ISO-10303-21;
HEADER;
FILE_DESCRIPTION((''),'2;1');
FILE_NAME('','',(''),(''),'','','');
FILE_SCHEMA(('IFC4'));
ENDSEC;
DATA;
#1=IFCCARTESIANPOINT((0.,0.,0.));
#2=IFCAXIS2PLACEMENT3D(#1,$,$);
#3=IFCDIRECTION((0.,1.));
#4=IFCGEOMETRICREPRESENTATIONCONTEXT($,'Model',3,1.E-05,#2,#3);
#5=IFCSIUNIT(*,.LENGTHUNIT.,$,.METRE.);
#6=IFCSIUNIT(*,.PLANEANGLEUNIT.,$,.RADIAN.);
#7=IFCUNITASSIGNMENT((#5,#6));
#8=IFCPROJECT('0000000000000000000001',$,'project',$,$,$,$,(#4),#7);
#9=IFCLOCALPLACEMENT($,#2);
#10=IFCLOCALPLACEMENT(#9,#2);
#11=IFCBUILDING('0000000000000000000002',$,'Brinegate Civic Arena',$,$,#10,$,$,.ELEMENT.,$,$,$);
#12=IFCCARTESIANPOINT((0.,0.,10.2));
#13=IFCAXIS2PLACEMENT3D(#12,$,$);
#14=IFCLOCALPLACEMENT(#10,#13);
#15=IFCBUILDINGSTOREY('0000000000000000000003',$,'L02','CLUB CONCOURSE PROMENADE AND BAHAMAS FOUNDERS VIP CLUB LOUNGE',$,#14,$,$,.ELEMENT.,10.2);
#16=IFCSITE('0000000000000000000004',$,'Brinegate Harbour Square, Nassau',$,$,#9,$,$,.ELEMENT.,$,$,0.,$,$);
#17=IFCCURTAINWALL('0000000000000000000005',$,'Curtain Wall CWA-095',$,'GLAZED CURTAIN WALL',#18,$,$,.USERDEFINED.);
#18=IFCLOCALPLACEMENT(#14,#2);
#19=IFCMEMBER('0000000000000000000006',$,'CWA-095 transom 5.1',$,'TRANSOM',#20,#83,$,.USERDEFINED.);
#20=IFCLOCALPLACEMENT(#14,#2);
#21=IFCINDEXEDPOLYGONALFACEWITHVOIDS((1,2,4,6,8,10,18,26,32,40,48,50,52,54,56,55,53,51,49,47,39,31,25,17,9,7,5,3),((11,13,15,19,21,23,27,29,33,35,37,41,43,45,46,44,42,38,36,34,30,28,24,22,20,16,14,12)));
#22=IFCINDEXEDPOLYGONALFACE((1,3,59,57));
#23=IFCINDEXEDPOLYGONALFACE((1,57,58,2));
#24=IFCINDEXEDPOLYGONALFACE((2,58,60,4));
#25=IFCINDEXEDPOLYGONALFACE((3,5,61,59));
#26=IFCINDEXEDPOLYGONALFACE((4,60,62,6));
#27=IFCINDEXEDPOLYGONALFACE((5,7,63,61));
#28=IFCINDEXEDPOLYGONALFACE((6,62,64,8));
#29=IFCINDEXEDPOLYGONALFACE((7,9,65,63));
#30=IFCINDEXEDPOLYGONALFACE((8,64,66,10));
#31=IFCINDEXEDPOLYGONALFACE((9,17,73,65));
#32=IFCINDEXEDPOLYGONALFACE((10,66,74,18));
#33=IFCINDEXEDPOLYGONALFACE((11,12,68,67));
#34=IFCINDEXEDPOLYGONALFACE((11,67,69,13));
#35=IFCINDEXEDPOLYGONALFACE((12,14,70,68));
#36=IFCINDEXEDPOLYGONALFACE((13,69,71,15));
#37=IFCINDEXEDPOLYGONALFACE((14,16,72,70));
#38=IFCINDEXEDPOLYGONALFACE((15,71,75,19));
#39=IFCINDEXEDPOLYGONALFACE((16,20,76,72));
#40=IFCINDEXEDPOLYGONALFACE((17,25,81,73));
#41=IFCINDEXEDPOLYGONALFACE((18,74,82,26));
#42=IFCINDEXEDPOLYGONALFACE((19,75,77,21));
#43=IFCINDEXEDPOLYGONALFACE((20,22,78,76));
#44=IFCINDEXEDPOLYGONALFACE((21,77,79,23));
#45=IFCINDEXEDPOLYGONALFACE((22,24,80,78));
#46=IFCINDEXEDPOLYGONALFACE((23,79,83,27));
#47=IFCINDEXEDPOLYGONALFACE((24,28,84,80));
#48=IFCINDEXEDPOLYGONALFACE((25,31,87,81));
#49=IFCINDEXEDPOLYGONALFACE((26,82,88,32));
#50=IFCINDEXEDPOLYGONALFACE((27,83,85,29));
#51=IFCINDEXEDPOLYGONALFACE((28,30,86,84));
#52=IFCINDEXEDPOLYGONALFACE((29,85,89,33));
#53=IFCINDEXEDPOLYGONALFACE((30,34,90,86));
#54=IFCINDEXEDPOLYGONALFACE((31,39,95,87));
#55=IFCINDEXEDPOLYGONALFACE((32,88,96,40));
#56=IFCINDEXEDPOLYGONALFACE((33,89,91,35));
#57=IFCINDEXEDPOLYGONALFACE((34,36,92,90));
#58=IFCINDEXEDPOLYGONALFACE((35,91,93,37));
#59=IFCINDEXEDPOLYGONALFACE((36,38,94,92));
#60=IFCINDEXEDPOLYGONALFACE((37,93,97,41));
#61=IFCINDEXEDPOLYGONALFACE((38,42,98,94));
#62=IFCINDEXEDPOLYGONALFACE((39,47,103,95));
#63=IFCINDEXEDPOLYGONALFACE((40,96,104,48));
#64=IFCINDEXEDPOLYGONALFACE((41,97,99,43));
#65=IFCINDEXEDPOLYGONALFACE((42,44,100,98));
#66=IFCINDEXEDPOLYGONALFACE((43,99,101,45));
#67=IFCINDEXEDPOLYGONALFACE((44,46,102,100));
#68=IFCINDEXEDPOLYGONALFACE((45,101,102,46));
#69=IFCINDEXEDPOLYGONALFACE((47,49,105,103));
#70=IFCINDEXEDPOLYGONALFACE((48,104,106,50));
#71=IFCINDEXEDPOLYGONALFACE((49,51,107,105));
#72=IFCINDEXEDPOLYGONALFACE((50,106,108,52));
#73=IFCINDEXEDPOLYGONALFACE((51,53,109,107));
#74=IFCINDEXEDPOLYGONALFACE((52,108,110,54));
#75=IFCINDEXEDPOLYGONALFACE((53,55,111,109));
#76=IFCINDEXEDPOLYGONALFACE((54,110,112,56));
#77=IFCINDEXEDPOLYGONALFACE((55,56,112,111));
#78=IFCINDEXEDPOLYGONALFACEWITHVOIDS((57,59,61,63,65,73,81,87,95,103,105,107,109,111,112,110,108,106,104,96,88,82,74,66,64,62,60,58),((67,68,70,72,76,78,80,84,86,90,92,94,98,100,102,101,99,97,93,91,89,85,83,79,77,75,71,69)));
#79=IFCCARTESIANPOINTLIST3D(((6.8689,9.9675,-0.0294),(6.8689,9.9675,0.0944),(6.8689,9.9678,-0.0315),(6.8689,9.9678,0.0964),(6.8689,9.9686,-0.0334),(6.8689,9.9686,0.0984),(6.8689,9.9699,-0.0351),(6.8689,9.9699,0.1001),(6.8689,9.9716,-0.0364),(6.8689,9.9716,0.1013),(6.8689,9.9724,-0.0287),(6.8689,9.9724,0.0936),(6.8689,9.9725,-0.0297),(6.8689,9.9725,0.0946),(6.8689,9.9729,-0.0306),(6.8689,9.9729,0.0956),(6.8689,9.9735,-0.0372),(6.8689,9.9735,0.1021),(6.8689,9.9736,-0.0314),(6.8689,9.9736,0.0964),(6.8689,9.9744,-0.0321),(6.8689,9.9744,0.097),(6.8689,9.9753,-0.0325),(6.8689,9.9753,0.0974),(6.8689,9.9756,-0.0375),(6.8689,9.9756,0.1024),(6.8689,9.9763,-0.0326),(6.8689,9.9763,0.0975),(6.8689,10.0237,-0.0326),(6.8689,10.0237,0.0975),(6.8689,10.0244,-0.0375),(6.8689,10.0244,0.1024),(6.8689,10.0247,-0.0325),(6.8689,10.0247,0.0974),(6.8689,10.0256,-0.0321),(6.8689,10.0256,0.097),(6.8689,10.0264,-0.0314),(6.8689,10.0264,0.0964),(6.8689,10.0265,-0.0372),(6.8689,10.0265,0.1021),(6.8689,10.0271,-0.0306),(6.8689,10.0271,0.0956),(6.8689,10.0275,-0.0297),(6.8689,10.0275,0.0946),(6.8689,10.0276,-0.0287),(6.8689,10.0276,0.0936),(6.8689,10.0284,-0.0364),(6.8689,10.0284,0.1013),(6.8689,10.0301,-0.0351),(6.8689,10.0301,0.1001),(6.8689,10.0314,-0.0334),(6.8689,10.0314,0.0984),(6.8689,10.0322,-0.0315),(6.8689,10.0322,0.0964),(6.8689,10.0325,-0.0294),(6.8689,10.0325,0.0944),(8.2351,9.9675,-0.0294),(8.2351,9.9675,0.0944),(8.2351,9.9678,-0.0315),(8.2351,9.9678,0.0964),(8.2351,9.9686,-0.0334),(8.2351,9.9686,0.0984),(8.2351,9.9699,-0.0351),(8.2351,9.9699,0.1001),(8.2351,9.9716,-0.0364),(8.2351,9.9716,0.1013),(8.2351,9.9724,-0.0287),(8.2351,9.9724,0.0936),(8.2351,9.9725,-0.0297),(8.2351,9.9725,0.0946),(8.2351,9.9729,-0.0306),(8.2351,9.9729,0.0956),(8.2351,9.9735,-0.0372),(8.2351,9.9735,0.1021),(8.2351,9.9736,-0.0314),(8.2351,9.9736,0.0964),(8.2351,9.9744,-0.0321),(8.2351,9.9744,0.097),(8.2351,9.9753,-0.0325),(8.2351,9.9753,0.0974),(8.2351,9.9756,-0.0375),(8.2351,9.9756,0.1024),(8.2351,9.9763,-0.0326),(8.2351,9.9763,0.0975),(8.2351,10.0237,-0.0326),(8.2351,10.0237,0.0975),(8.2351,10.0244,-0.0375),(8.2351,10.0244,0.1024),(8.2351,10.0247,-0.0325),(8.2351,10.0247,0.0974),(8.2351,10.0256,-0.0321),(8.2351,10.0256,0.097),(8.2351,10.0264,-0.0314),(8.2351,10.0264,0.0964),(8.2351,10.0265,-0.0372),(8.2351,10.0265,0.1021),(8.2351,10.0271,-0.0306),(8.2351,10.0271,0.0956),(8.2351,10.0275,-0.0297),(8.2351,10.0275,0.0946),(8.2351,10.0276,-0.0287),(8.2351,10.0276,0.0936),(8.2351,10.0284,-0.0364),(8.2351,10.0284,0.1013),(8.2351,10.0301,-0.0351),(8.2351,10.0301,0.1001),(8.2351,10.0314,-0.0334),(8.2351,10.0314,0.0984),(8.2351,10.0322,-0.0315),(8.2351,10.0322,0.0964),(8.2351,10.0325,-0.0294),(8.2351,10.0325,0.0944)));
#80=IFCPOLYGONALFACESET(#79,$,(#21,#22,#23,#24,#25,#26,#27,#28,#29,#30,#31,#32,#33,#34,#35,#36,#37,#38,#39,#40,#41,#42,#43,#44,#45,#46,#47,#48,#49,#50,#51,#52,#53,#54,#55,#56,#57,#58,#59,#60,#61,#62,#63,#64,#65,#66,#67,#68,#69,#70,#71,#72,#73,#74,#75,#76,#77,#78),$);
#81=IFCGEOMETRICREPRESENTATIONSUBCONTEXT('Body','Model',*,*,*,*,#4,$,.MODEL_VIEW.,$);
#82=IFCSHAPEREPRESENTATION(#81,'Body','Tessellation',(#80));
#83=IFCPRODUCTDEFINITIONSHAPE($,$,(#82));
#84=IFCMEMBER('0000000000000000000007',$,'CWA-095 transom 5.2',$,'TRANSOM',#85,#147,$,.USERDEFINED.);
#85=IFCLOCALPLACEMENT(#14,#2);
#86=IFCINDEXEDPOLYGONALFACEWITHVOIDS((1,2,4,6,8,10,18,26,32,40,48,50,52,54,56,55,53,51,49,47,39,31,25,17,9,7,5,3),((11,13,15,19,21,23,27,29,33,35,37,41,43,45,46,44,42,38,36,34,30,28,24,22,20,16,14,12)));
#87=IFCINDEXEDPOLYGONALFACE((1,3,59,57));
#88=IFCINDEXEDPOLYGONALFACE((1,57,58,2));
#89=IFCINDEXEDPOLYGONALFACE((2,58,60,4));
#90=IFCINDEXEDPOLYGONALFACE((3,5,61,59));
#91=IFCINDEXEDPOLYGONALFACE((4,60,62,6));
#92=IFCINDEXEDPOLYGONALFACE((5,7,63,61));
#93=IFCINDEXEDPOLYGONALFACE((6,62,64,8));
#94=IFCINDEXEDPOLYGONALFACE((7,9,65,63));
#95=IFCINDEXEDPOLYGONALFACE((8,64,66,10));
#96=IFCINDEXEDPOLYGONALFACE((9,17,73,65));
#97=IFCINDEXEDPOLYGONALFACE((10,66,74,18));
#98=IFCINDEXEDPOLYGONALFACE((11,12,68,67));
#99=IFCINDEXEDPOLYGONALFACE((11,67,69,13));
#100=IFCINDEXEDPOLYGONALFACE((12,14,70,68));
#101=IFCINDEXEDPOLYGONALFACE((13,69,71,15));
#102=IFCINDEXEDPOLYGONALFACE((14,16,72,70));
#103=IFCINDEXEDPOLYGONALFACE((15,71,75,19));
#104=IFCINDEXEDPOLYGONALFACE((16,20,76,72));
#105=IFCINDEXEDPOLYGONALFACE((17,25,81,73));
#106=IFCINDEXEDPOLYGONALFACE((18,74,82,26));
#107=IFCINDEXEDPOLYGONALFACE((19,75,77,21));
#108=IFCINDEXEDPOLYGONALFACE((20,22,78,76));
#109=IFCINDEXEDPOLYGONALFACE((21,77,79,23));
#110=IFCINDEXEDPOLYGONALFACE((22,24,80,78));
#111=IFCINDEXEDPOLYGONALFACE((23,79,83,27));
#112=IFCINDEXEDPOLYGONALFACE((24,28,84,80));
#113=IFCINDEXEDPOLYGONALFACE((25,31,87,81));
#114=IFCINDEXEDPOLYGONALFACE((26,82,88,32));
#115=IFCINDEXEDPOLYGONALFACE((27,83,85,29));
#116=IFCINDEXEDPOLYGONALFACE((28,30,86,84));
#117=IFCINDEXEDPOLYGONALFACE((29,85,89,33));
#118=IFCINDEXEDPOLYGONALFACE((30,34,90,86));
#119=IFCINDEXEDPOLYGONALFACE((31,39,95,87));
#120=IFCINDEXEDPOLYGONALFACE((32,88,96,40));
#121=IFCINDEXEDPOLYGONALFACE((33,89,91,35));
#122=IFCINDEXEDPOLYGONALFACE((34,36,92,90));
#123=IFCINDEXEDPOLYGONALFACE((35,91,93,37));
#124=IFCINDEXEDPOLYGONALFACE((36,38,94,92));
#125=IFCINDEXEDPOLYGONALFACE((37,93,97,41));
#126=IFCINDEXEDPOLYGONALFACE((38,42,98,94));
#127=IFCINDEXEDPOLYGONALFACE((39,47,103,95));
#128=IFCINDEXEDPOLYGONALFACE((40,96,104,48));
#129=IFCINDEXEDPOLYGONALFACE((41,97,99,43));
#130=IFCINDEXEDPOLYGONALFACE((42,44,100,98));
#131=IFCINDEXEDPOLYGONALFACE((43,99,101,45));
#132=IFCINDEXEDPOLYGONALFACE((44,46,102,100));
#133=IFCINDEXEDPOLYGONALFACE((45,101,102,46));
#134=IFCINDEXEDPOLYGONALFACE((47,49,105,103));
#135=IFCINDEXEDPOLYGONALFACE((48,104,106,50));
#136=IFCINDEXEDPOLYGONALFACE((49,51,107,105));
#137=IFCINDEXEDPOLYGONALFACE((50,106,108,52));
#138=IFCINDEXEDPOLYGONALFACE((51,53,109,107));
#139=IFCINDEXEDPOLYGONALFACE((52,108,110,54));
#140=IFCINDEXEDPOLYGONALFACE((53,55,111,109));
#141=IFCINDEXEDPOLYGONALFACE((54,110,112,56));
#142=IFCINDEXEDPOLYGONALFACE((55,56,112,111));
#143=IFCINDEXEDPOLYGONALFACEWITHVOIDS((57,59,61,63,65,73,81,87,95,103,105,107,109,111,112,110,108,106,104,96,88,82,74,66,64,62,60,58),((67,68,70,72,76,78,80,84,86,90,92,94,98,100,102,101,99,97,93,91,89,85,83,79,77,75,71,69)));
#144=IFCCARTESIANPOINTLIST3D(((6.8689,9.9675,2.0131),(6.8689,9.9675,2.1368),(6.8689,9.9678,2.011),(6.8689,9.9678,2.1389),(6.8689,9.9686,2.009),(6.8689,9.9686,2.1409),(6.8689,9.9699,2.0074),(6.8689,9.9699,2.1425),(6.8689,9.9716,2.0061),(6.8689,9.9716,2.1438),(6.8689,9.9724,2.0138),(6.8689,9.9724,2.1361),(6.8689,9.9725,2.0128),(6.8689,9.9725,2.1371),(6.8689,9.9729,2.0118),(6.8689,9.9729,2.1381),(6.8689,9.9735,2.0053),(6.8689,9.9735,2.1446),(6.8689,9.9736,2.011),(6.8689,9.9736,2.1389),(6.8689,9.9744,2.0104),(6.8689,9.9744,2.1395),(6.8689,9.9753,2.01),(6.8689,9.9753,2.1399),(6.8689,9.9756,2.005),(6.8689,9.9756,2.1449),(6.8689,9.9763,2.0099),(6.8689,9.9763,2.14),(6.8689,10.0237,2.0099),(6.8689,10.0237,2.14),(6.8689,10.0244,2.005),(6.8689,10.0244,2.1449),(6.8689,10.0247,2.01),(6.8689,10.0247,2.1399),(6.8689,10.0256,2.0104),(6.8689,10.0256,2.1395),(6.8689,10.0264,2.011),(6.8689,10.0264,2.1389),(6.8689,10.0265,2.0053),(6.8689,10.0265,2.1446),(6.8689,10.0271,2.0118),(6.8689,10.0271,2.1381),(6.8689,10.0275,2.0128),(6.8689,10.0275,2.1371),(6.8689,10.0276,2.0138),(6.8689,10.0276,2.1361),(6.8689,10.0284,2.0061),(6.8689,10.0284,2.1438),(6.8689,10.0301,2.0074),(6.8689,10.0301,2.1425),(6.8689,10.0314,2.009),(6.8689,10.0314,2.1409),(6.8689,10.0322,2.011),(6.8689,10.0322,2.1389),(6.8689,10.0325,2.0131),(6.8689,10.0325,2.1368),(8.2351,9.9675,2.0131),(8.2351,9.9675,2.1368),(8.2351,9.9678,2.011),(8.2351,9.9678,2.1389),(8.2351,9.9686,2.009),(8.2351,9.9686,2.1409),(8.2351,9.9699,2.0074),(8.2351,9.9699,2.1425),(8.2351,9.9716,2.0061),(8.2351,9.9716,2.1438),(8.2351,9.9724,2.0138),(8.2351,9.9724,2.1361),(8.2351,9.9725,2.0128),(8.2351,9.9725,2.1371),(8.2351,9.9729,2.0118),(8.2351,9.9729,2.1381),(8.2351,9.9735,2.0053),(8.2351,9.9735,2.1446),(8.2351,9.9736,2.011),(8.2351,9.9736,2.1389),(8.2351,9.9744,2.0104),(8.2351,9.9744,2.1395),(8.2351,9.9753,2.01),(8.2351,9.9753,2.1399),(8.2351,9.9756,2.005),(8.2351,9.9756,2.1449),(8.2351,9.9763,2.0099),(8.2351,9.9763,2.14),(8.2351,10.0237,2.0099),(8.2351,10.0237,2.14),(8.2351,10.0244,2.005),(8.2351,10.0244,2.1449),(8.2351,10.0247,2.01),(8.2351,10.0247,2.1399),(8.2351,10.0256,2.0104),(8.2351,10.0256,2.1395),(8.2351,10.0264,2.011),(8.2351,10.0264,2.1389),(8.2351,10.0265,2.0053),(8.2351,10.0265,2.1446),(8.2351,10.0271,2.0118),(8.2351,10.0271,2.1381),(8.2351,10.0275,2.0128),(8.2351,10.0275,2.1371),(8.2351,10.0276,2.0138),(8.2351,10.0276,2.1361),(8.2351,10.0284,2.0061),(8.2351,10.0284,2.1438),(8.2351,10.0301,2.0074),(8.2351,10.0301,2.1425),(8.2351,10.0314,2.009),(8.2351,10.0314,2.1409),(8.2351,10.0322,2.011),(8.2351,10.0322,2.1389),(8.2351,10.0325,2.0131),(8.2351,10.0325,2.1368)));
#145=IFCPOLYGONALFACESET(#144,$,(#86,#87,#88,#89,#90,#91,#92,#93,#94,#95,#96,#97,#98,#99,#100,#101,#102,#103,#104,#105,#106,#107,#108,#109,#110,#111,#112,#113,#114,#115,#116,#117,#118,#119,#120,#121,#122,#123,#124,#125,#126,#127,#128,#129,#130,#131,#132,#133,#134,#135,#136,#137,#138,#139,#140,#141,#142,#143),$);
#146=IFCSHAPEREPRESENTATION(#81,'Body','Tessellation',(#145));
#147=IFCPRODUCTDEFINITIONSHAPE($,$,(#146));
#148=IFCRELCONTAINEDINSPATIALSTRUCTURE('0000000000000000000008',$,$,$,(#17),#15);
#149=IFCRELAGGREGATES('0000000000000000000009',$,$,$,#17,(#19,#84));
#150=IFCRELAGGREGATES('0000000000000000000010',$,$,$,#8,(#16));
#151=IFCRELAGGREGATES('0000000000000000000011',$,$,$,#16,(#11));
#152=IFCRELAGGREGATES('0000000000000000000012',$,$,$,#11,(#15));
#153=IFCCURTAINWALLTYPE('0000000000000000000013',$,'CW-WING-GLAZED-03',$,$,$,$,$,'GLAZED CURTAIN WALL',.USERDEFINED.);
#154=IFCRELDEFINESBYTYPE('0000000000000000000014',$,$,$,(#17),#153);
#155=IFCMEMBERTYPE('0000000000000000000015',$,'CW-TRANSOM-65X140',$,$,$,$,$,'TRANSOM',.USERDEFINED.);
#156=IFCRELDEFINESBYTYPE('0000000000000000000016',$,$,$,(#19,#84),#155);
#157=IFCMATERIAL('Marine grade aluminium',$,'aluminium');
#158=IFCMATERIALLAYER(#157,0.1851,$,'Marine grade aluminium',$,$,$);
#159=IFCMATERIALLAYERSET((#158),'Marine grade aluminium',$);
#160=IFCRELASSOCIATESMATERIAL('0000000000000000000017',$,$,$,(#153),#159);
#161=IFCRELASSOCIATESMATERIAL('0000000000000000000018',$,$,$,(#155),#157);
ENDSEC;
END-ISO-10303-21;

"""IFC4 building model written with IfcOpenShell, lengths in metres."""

from ifc_helpers import new_model, si_unit, direction, frame, origin, origin_2d, place, context, subcontext, project, spatial, hollow_rectangle, extrude, material, layer, layer_set, material_profile, profile_set, type_object, element, aggregate, save


model = new_model("IFC4")

# Units and contexts
model_context = context("Model", 3, precision=1e-05, world=origin(), true_north=direction((0.0, 1.0)))
body_context = subcontext(model_context, "Body", "Model", "MODEL_VIEW")
ifc_project = project(units=[si_unit("LENGTHUNIT", "METRE"), si_unit("PLANEANGLEUNIT", "RADIAN")], contexts=[model_context])

# Site, building, storey
site_placement = place(None, origin())
site = spatial("IfcSite", under=ifc_project, at=site_placement, Name="Brinegate Harbour Square, Nassau", CompositionType="ELEMENT", RefElevation=0.0)
building_placement = place(site_placement, origin())
building = spatial("IfcBuilding", under=site, at=building_placement, Name="Brinegate Civic Arena", CompositionType="ELEMENT")
storey_placement = place(building_placement, frame((0.0, 0.0, 10.2)))
storey = spatial("IfcBuildingStorey", under=building, at=storey_placement, Name="L02", Description="CLUB CONCOURSE PROMENADE AND BAHAMAS FOUNDERS VIP CLUB LOUNGE", CompositionType="ELEMENT", Elevation=10.2)

# Curtain wall, members
ifc_material_1 = material(Name="Marine grade aluminium", Category="aluminium")
ifc_layer_1 = layer(ifc_material_1, 0.1851, Name="Marine grade aluminium")
ifc_layer_set_1 = layer_set([ifc_layer_1], Name="Marine grade aluminium")
curtain_wall_type = type_object("IfcCurtainWallType", Name="CW-WING-GLAZED-03", ElementType="GLAZED CURTAIN WALL", PredefinedType="USERDEFINED", material=ifc_layer_set_1)
curtain_wall_placement = place(storey_placement, origin())
curtain_wall = element("IfcCurtainWall", 1, at=curtain_wall_placement, inside=storey, type_object=curtain_wall_type, Name="Curtain Wall CWA-095", ObjectType="GLAZED CURTAIN WALL", PredefinedType="USERDEFINED")
ifc_material_profile_1 = material_profile(ifc_material_1, hollow_rectangle(XDim=0.0649, YDim=0.1399, WallThickness=0.0049, InnerFilletRadius=0.0039, OuterFilletRadius=0.0081, at=origin_2d()), Name="TRN65X140")
ifc_profile_set_1 = profile_set([ifc_material_profile_1], Name="Marine grade aluminium")
member_type_1 = type_object("IfcMemberType", Name="CW-TRANSOM-65X140", ElementType="TRANSOM", PredefinedType="USERDEFINED", material=ifc_profile_set_1)
member_1_placement = place(storey_placement, frame((6.8689, 10.0, 0.0325), z_axis=(1.0, 0.0, 0.0), x_axis=(0.0, 1.0, 0.0)))
member_1 = element("IfcMember", 2, at=member_1_placement, type_object=member_type_1, Name="CWA-095 transom 5.1", ObjectType="TRANSOM", PredefinedType="USERDEFINED", context=body_context, shape_type="SweptSolid", body=[
    extrude(hollow_rectangle(XDim=0.0649, YDim=0.1399, WallThickness=0.0049, InnerFilletRadius=0.0039, OuterFilletRadius=0.0081, at=origin_2d()), origin(), (0.0, 0.0, 1.0), 1.3662),
])
member_2_placement = place(storey_placement, frame((6.8689, 10.0, 2.075), z_axis=(1.0, 0.0, 0.0), x_axis=(0.0, 1.0, 0.0)))
member_2 = element("IfcMember", 3, at=member_2_placement, type_object=member_type_1, Name="CWA-095 transom 5.2", ObjectType="TRANSOM", PredefinedType="USERDEFINED", context=body_context, shape_type="SweptSolid", body=[
    extrude(hollow_rectangle(XDim=0.0649, YDim=0.1399, WallThickness=0.0049, InnerFilletRadius=0.0039, OuterFilletRadius=0.0081, at=origin_2d()), origin(), (0.0, 0.0, 1.0), 1.3662),
])
aggregate(curtain_wall, [member_1, member_2])

save(model, "model.ifc")
